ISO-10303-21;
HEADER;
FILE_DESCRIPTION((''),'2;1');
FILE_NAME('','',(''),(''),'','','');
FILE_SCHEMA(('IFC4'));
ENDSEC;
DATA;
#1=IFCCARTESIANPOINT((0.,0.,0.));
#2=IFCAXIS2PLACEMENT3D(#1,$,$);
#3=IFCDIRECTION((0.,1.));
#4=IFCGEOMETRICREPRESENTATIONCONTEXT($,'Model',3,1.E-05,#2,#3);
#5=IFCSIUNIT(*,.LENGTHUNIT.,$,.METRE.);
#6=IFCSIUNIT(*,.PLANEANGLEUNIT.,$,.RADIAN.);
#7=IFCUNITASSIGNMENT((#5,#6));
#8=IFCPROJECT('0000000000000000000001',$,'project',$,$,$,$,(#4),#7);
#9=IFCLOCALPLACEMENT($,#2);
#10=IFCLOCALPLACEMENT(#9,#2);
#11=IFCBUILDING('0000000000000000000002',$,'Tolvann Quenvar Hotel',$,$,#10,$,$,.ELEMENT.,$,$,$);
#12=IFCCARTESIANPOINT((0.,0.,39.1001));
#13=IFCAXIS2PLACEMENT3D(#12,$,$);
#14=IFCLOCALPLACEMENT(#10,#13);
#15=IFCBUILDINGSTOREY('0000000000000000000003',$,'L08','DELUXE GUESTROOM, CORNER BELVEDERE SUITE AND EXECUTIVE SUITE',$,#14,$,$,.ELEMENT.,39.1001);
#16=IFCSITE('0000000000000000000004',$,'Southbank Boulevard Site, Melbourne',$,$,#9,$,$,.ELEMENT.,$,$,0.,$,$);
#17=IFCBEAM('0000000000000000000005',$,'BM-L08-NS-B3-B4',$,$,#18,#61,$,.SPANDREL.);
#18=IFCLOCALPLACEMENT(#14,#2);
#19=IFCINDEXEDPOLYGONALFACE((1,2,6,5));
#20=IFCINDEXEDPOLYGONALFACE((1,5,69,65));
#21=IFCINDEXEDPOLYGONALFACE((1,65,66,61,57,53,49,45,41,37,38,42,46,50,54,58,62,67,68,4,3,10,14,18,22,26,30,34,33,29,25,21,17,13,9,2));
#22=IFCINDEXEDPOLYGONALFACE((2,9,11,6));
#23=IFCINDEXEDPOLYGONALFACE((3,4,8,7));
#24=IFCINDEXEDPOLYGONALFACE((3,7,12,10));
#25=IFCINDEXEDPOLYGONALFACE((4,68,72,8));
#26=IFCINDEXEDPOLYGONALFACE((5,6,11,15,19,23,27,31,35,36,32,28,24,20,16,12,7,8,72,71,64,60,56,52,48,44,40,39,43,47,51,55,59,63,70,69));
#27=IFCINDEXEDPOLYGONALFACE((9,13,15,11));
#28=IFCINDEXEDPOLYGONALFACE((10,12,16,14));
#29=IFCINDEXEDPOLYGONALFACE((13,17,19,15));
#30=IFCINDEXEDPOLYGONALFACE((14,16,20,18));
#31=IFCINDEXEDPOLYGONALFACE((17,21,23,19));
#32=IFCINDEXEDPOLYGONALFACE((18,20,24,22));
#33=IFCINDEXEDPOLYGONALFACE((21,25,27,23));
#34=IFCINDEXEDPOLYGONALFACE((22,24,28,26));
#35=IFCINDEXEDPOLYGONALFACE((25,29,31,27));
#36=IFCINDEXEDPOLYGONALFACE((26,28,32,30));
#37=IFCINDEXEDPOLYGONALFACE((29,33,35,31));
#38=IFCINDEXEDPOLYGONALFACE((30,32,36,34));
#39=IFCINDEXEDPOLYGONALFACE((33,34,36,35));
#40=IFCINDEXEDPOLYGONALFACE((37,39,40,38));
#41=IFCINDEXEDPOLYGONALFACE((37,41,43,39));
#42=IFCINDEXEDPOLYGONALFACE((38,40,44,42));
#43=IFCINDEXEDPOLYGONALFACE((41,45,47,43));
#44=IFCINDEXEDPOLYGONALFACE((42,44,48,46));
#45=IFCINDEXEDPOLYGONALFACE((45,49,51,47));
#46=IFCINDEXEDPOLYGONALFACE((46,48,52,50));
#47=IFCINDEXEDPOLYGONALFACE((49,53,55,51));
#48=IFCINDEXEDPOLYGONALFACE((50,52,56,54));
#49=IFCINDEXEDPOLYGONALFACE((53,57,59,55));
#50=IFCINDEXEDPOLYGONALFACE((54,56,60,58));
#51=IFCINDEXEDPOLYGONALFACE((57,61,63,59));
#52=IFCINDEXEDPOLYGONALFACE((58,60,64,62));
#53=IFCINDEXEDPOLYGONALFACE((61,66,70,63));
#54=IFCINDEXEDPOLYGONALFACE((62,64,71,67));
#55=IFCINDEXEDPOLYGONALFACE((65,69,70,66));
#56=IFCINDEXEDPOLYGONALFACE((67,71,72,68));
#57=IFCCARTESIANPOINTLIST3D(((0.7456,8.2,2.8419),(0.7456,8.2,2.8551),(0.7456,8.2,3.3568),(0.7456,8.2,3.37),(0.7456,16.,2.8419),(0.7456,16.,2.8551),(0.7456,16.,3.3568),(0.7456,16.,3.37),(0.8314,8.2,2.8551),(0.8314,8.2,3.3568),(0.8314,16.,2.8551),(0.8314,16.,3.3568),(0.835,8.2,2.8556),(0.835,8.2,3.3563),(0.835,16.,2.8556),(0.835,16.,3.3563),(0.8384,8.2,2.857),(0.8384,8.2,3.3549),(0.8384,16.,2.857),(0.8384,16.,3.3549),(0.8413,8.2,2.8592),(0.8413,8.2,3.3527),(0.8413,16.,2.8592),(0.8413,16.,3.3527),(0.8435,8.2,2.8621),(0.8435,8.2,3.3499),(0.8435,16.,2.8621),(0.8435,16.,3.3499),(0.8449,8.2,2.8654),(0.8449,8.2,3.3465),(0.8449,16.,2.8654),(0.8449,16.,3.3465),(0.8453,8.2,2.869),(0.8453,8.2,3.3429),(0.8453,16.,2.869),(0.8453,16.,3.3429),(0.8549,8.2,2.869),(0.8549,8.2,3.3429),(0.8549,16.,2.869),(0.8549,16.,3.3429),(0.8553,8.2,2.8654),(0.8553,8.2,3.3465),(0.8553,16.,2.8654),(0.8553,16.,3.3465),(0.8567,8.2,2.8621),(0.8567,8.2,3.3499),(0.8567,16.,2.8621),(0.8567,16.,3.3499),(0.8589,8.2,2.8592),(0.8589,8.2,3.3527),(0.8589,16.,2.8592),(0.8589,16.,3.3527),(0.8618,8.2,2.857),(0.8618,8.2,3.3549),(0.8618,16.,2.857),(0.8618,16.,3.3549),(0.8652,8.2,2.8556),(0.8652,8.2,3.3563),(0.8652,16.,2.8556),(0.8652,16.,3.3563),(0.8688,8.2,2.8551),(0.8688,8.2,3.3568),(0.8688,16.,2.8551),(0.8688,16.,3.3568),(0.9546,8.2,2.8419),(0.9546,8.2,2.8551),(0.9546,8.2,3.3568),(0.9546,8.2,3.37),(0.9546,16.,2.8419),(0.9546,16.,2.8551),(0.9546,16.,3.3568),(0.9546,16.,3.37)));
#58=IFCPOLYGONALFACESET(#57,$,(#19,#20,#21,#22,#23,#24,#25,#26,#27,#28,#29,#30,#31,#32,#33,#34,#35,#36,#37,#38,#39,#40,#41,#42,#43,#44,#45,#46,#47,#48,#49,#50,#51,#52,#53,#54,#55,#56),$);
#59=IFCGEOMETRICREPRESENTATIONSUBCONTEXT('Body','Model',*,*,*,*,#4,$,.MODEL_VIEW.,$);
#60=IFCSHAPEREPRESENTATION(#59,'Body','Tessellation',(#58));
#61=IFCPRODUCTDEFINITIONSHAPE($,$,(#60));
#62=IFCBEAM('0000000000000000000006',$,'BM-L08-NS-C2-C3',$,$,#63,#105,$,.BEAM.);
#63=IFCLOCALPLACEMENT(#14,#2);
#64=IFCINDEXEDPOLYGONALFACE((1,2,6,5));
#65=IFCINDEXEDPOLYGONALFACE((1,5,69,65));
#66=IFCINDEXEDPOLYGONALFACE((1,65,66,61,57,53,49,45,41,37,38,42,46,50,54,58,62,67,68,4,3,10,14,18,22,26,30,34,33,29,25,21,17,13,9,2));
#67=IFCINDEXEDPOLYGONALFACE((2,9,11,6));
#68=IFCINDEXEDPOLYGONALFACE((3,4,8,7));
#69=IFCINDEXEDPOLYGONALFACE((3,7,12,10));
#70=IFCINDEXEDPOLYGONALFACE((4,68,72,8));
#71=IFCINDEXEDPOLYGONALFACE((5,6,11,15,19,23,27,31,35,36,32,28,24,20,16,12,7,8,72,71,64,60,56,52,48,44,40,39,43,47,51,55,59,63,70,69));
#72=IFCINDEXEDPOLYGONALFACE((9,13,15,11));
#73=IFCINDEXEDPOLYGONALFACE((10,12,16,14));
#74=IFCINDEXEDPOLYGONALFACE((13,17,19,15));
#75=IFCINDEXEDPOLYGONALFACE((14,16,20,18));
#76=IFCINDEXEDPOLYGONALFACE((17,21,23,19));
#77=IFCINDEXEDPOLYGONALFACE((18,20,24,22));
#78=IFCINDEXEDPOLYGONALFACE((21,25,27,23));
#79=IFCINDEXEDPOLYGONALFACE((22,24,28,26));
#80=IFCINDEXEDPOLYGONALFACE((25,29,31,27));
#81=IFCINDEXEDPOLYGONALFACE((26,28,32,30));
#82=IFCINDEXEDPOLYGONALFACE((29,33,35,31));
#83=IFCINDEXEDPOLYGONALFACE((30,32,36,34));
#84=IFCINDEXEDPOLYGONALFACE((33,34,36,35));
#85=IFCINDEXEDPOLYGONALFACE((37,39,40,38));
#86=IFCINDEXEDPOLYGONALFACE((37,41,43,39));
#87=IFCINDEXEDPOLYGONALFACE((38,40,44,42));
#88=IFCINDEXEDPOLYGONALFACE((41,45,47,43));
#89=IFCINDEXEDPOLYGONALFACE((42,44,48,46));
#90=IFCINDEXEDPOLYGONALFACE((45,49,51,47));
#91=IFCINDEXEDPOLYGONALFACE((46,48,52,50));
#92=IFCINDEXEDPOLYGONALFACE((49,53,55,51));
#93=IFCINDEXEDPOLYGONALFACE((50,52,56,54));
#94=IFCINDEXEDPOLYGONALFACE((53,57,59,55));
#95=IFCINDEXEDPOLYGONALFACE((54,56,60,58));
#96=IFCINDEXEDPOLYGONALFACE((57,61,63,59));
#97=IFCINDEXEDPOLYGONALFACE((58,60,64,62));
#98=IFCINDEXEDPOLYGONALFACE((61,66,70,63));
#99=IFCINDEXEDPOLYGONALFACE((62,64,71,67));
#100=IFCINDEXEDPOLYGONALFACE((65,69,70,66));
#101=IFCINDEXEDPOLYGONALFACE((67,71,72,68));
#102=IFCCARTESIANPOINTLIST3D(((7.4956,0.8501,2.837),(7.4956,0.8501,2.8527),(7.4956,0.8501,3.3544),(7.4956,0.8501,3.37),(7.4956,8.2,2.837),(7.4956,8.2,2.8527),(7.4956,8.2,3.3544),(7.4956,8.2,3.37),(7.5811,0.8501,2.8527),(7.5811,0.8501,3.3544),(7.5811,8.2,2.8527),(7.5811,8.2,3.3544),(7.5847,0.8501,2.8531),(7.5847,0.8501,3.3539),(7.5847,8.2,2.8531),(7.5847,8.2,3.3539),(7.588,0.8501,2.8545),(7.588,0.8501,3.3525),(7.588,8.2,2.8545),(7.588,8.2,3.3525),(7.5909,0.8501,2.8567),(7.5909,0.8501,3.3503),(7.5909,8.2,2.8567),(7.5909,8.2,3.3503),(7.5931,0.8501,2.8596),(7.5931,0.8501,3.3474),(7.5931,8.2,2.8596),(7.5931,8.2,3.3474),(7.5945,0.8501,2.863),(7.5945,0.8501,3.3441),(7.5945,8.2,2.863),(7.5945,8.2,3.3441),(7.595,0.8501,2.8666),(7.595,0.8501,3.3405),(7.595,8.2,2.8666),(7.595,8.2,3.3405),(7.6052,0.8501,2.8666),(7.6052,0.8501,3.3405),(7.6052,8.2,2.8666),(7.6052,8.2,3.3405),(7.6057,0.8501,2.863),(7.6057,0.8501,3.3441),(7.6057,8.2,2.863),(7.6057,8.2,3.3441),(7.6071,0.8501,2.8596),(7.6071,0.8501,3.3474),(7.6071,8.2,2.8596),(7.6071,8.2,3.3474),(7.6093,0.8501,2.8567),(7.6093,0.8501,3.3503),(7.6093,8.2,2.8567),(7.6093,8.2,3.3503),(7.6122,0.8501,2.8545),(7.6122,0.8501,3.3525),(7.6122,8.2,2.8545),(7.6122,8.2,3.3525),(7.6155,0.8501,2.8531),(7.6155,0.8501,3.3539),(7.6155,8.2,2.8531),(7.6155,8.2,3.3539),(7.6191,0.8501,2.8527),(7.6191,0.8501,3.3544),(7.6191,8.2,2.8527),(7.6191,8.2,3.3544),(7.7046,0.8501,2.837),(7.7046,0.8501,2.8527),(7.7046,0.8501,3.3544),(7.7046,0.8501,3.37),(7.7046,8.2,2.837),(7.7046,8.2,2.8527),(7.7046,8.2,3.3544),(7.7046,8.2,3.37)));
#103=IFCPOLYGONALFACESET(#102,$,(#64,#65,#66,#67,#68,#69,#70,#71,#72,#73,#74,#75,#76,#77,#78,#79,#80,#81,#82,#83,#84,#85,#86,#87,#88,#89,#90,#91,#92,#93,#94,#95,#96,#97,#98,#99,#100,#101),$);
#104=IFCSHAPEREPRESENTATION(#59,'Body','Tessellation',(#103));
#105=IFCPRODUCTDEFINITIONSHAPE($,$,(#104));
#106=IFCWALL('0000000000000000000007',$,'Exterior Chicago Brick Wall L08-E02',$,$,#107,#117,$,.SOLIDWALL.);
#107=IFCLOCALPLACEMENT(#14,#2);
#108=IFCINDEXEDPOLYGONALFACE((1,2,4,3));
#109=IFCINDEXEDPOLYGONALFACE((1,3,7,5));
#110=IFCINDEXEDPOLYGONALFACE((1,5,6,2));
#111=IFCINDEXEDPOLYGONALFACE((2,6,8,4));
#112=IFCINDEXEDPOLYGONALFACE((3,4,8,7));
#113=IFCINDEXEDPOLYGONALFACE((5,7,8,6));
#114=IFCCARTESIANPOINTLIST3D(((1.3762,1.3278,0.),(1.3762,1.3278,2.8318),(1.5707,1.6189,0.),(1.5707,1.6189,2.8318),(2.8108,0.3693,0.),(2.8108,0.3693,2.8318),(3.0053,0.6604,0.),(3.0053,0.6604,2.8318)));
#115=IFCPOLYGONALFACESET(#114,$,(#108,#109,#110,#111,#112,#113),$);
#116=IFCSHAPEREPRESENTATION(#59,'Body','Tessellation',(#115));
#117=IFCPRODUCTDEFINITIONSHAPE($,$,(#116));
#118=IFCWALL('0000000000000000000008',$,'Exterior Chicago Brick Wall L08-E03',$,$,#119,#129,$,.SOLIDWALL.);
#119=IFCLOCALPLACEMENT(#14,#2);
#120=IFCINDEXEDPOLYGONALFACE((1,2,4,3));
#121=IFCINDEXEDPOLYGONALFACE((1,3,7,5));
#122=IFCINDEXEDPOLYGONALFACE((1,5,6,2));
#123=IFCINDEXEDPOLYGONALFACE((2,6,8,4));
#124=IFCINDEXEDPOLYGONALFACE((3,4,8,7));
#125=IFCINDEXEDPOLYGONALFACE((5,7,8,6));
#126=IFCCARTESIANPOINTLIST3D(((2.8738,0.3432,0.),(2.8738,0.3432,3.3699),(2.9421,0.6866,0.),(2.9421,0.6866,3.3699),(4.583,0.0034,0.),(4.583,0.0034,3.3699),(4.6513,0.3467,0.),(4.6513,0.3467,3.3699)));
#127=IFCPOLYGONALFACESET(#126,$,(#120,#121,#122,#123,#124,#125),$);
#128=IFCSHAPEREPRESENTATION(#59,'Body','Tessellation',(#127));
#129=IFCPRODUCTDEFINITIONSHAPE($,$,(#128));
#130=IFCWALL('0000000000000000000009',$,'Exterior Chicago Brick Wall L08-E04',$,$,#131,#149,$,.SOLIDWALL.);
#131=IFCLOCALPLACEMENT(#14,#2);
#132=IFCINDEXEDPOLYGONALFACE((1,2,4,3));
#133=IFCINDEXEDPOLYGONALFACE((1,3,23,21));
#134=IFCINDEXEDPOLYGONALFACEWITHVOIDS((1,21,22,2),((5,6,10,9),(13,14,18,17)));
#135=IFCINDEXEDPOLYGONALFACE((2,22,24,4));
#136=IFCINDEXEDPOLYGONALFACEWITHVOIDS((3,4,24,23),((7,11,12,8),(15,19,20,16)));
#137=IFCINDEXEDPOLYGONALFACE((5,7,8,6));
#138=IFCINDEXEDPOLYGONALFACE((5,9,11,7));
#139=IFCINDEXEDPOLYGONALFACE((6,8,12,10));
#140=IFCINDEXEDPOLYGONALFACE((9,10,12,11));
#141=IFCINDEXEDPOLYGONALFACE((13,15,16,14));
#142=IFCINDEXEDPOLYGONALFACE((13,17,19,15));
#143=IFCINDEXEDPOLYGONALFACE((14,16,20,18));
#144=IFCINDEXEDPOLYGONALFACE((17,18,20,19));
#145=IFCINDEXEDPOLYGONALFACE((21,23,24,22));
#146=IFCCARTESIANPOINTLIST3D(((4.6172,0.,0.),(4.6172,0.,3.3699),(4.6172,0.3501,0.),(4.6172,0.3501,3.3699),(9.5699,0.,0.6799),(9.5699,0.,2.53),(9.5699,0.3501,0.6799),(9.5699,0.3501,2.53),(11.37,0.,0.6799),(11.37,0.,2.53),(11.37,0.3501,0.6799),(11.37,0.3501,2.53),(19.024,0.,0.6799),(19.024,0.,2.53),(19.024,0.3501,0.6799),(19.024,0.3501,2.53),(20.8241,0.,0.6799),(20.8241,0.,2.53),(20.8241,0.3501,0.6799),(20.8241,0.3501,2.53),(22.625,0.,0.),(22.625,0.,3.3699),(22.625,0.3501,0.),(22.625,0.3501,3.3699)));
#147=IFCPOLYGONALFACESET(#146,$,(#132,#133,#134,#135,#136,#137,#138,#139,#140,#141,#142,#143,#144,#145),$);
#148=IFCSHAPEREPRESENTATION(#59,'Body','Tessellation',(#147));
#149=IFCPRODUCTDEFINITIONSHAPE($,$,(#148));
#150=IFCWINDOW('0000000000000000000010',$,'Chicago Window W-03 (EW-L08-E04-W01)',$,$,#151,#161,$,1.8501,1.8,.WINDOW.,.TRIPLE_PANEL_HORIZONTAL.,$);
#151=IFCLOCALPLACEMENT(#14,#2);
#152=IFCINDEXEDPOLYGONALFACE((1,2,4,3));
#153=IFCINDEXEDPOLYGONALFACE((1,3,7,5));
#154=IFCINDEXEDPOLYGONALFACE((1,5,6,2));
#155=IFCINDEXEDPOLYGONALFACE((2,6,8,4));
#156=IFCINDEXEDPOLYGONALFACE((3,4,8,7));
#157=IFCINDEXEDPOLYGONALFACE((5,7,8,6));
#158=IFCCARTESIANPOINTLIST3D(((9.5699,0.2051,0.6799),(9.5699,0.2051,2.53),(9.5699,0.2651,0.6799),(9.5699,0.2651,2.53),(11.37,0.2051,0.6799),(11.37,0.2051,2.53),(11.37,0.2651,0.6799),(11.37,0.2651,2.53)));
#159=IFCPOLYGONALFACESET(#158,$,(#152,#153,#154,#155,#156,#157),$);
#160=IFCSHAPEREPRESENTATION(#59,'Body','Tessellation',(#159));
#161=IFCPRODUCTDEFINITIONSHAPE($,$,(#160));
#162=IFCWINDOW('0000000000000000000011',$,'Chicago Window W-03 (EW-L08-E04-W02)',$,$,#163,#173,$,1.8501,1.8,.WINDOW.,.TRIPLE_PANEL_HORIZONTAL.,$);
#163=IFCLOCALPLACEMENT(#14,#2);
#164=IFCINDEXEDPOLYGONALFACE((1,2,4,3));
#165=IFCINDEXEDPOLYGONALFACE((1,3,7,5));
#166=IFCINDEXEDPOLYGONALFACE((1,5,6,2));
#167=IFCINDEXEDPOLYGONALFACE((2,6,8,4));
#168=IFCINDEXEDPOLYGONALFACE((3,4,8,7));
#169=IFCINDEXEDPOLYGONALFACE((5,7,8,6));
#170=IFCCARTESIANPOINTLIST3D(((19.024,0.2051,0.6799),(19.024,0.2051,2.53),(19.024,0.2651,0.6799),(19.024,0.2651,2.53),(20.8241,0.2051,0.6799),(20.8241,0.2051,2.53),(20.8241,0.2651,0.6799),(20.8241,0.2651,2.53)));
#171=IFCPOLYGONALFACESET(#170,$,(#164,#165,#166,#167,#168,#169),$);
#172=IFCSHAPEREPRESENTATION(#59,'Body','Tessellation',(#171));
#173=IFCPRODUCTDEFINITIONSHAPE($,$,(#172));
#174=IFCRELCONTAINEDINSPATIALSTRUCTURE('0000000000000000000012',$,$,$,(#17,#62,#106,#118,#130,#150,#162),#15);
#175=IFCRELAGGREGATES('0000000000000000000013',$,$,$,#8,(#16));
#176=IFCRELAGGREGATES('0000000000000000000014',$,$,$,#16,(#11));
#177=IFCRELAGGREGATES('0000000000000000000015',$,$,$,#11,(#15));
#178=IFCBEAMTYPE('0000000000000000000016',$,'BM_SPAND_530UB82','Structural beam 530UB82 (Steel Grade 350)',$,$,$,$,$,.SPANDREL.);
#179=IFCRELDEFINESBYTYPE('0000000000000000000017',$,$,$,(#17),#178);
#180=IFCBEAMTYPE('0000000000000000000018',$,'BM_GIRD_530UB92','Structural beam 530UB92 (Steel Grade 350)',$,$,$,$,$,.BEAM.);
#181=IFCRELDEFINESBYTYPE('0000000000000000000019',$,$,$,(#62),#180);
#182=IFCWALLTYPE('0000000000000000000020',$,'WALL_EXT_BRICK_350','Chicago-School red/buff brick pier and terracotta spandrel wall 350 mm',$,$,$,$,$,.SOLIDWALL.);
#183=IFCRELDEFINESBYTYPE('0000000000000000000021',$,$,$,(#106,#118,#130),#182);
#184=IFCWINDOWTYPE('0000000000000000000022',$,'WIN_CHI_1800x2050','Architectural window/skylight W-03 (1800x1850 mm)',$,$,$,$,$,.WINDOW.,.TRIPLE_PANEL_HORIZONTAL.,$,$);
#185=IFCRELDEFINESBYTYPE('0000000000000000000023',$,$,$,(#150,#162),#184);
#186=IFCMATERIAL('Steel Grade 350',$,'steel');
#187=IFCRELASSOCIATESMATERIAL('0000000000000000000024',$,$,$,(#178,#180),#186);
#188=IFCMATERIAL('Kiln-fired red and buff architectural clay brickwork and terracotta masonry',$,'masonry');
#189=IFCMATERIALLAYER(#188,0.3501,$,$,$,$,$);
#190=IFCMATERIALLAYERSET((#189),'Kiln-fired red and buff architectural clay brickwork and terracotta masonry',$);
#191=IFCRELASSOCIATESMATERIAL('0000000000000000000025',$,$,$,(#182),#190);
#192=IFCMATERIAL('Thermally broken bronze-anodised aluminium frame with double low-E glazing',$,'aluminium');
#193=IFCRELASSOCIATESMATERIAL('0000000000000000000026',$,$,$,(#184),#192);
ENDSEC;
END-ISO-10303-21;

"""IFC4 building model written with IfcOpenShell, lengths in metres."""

from ifc_helpers import new_model, si_unit, direction, frame, frame_2d, origin, origin_2d, place, context, subcontext, project, spatial, rectangle, i_section, extrude, source, transform, mapped, material, layer, layer_set, material_profile, profile_set, type_object, type_shapes, element, fill, save


model = new_model("IFC4")

# Units and contexts
model_context = context("Model", 3, precision=1e-05, world=origin(), true_north=direction((0.0, 1.0)))
body_context = subcontext(model_context, "Body", "Model", "MODEL_VIEW")
ifc_project = project(units=[si_unit("LENGTHUNIT", "METRE"), si_unit("PLANEANGLEUNIT", "RADIAN")], contexts=[model_context])

# Site, building, storey
site_placement = place(None, origin())
site = spatial("IfcSite", under=ifc_project, at=site_placement, Name="Southbank Boulevard Site, Melbourne", CompositionType="ELEMENT", RefElevation=0.0)
building_placement = place(site_placement, origin())
building = spatial("IfcBuilding", under=site, at=building_placement, Name="Tolvann Quenvar Hotel", CompositionType="ELEMENT")
storey_placement = place(building_placement, frame((0.0, 0.0, 39.1001)))
storey = spatial("IfcBuildingStorey", under=building, at=storey_placement, Name="L08", Description="DELUXE GUESTROOM, CORNER BELVEDERE SUITE AND EXECUTIVE SUITE", CompositionType="ELEMENT", Elevation=39.1001)

# Shared definitions
ifc_material_1 = material(Name="Steel Grade 350", Category="steel")

# Beams
ifc_material_profile_1 = material_profile(ifc_material_1, i_section(OverallWidth=0.209, OverallDepth=0.5281, WebThickness=0.0095, FlangeThickness=0.0132, FilletRadius=0.0139, at=origin_2d()), Name="530UB82")
ifc_profile_set_1 = profile_set([ifc_material_profile_1], Name="Steel Grade 350")
beam_type_1 = type_object("IfcBeamType", Name="BM_SPAND_530UB82", Description="Structural beam 530UB82 (Steel Grade 350)", PredefinedType="SPANDREL", material=ifc_profile_set_1)
shared_shape_1 = source(origin(), body_context, "Body", "SweptSolid", [
    extrude(i_section(OverallWidth=0.209, OverallDepth=0.5281, WebThickness=0.0095, FlangeThickness=0.0132, FilletRadius=0.0139, at=origin_2d()), origin(), (0.0, 0.0, 1.0), 7.8),
])
beam_1_placement = place(storey_placement, frame((0.8501, 8.2, 3.106), z_axis=(0.0, 1.0, 0.0), x_axis=(-1.0, 0.0, 0.0)))
element("IfcBeam", 1, at=beam_1_placement, inside=storey, type_object=beam_type_1, Name="BM-L08-NS-B3-B4", PredefinedType="SPANDREL", context=body_context, shape_type="MappedRepresentation", body=[
    mapped(shared_shape_1, transform((0.0, 0.0, 0.0), x_axis=(1.0, 0.0, 0.0), y_axis=(0.0, 1.0, 0.0), z_axis=(0.0, 0.0, 1.0), scale=1.0)),
])
ifc_material_profile_2 = material_profile(ifc_material_1, i_section(OverallWidth=0.209, OverallDepth=0.533, WebThickness=0.0103, FlangeThickness=0.0156, FilletRadius=0.0139, at=origin_2d()), Name="530UB92")
ifc_profile_set_2 = profile_set([ifc_material_profile_2], Name="Steel Grade 350")
beam_type_2 = type_object("IfcBeamType", Name="BM_GIRD_530UB92", Description="Structural beam 530UB92 (Steel Grade 350)", PredefinedType="BEAM", material=ifc_profile_set_2)
shared_shape_2 = source(origin(), body_context, "Body", "SweptSolid", [
    extrude(i_section(OverallWidth=0.209, OverallDepth=0.533, WebThickness=0.0103, FlangeThickness=0.0156, FilletRadius=0.0139, at=origin_2d()), origin(), (0.0, 0.0, 1.0), 7.3499),
])
type_shapes(beam_type_2, [shared_shape_2])
beam_2_placement = place(storey_placement, frame((7.6001, 0.8501, 3.1035), z_axis=(0.0, 1.0, 0.0), x_axis=(-1.0, 0.0, 0.0)))
element("IfcBeam", 2, at=beam_2_placement, inside=storey, type_object=beam_type_2, Name="BM-L08-NS-C2-C3", PredefinedType="BEAM", context=body_context, shape_type="MappedRepresentation", body=[
    mapped(shared_shape_2, transform((0.0, 0.0, 0.0), x_axis=(1.0, 0.0, 0.0), y_axis=(0.0, 1.0, 0.0), z_axis=(0.0, 0.0, 1.0), scale=1.0)),
])

# Walls
ifc_material_2 = material(Name="Kiln-fired red and buff architectural clay brickwork and terracotta masonry", Category="masonry")
ifc_layer = layer(ifc_material_2, 0.3501)
ifc_layer_set = layer_set([ifc_layer], Name="Kiln-fired red and buff architectural clay brickwork and terracotta masonry")
wall_type = type_object("IfcWallType", Name="WALL_EXT_BRICK_350", Description="Chicago-School red/buff brick pier and terracotta spandrel wall 350 mm", PredefinedType="SOLIDWALL", material=ifc_layer_set)
wall_1_placement = place(storey_placement, frame((1.4734, 1.4734, 0.0), z_axis=(0.0, 0.0, 1.0), x_axis=(0.831484, -0.555549, 0.0)))
element("IfcWall", 3, at=wall_1_placement, inside=storey, type_object=wall_type, Name="Exterior Chicago Brick Wall L08-E02", PredefinedType="SOLIDWALL", context=body_context, shape_type="SweptSolid", body=[
    extrude(rectangle(XDim=1.7253, YDim=0.3501, at=frame_2d((0.8628, 0.0))), origin(), (0.0, 0.0, 1.0), 2.8318),
])
wall_2_placement = place(storey_placement, frame((2.908, 0.5149, 0.0), z_axis=(0.0, 0.0, 1.0), x_axis=(0.980801, -0.195011, 0.0)))
element("IfcWall", 4, at=wall_2_placement, inside=storey, type_object=wall_type, Name="Exterior Chicago Brick Wall L08-E03", PredefinedType="SOLIDWALL", context=body_context, shape_type="SweptSolid", body=[
    extrude(rectangle(XDim=1.7427, YDim=0.3501, at=frame_2d((0.8713, 0.0))), origin(), (0.0, 0.0, 1.0), 3.3699),
])

# Wall, openings, windows
wall_3_placement = place(storey_placement, frame((4.6172, 0.175, 0.0), z_axis=(0.0, 0.0, 1.0), x_axis=(1.0, 0.0, 0.0)))
wall_3 = element("IfcWall", 5, at=wall_3_placement, inside=storey, type_object=wall_type, Name="Exterior Chicago Brick Wall L08-E04", PredefinedType="SOLIDWALL", context=body_context, shape_type="SweptSolid", body=[
    extrude(rectangle(XDim=18.0078, YDim=0.3501, at=frame_2d((9.0039, 0.0))), origin(), (0.0, 0.0, 1.0), 3.3699),
])
opening_1_placement = place(wall_3_placement, frame((4.9529, 0.0, 0.6799)))
opening_1 = element("IfcOpeningElement", 6, at=opening_1_placement, cuts=wall_3, PredefinedType="OPENING", context=body_context, shape_type="SweptSolid", body=[
    extrude(rectangle(XDim=1.8, YDim=1.8501, at=frame_2d((0.8999, 0.925))), frame((0.0, 0.1851, 0.0), z_axis=(0.0, -1.0, 0.0), x_axis=(1.0, 0.0, 0.0)), (0.0, 0.0, 1.0), 0.3701),
])
opening_2_placement = place(wall_3_placement, frame((14.407, 0.0, 0.6799)))
opening_2 = element("IfcOpeningElement", 7, at=opening_2_placement, cuts=wall_3, PredefinedType="OPENING", context=body_context, shape_type="SweptSolid", body=[
    extrude(rectangle(XDim=1.8, YDim=1.8501, at=frame_2d((0.8999, 0.925))), frame((0.0, 0.1851, 0.0), z_axis=(0.0, -1.0, 0.0), x_axis=(1.0, 0.0, 0.0)), (0.0, 0.0, 1.0), 0.3701),
])
ifc_material_3 = material(Name="Thermally broken bronze-anodised aluminium frame with double low-E glazing", Category="aluminium")
window_type = type_object("IfcWindowType", Name="WIN_CHI_1800x2050", Description="Architectural window/skylight W-03 (1800x1850 mm)", PartitioningType="TRIPLE_PANEL_HORIZONTAL", PredefinedType="WINDOW", material=ifc_material_3)
shared_shape_3 = source(origin(), body_context, "Body", "SweptSolid", [
    extrude(rectangle(XDim=1.8, YDim=1.8501, at=frame_2d((0.8999, 0.925))), frame((0.0, 0.0901, 0.0), z_axis=(0.0, -1.0, 0.0), x_axis=(1.0, 0.0, 0.0)), (0.0, 0.0, 1.0), 0.0601),
])
type_shapes(window_type, [shared_shape_3])
window_1_placement = place(opening_1_placement, origin())
window_1 = element("IfcWindow", 8, at=window_1_placement, inside=storey, type_object=window_type, Name="Chicago Window W-03 (EW-L08-E04-W01)", OverallHeight=1.8501, OverallWidth=1.8, PartitioningType="TRIPLE_PANEL_HORIZONTAL", PredefinedType="WINDOW", context=body_context, shape_type="MappedRepresentation", body=[
    mapped(shared_shape_3, transform((0.0, 0.0, 0.0), x_axis=(1.0, 0.0, 0.0), y_axis=(0.0, 1.0, 0.0), z_axis=(0.0, 0.0, 1.0), scale=1.0)),
])
fill(opening_1, window_1)
window_2_placement = place(opening_2_placement, origin())
window_2 = element("IfcWindow", 9, at=window_2_placement, inside=storey, type_object=window_type, Name="Chicago Window W-03 (EW-L08-E04-W02)", OverallHeight=1.8501, OverallWidth=1.8, PartitioningType="TRIPLE_PANEL_HORIZONTAL", PredefinedType="WINDOW", context=body_context, shape_type="MappedRepresentation", body=[
    mapped(shared_shape_3, transform((0.0, 0.0, 0.0), x_axis=(1.0, 0.0, 0.0), y_axis=(0.0, 1.0, 0.0), z_axis=(0.0, 0.0, 1.0), scale=1.0)),
])
fill(opening_2, window_2)

save(model, "model.ifc")
